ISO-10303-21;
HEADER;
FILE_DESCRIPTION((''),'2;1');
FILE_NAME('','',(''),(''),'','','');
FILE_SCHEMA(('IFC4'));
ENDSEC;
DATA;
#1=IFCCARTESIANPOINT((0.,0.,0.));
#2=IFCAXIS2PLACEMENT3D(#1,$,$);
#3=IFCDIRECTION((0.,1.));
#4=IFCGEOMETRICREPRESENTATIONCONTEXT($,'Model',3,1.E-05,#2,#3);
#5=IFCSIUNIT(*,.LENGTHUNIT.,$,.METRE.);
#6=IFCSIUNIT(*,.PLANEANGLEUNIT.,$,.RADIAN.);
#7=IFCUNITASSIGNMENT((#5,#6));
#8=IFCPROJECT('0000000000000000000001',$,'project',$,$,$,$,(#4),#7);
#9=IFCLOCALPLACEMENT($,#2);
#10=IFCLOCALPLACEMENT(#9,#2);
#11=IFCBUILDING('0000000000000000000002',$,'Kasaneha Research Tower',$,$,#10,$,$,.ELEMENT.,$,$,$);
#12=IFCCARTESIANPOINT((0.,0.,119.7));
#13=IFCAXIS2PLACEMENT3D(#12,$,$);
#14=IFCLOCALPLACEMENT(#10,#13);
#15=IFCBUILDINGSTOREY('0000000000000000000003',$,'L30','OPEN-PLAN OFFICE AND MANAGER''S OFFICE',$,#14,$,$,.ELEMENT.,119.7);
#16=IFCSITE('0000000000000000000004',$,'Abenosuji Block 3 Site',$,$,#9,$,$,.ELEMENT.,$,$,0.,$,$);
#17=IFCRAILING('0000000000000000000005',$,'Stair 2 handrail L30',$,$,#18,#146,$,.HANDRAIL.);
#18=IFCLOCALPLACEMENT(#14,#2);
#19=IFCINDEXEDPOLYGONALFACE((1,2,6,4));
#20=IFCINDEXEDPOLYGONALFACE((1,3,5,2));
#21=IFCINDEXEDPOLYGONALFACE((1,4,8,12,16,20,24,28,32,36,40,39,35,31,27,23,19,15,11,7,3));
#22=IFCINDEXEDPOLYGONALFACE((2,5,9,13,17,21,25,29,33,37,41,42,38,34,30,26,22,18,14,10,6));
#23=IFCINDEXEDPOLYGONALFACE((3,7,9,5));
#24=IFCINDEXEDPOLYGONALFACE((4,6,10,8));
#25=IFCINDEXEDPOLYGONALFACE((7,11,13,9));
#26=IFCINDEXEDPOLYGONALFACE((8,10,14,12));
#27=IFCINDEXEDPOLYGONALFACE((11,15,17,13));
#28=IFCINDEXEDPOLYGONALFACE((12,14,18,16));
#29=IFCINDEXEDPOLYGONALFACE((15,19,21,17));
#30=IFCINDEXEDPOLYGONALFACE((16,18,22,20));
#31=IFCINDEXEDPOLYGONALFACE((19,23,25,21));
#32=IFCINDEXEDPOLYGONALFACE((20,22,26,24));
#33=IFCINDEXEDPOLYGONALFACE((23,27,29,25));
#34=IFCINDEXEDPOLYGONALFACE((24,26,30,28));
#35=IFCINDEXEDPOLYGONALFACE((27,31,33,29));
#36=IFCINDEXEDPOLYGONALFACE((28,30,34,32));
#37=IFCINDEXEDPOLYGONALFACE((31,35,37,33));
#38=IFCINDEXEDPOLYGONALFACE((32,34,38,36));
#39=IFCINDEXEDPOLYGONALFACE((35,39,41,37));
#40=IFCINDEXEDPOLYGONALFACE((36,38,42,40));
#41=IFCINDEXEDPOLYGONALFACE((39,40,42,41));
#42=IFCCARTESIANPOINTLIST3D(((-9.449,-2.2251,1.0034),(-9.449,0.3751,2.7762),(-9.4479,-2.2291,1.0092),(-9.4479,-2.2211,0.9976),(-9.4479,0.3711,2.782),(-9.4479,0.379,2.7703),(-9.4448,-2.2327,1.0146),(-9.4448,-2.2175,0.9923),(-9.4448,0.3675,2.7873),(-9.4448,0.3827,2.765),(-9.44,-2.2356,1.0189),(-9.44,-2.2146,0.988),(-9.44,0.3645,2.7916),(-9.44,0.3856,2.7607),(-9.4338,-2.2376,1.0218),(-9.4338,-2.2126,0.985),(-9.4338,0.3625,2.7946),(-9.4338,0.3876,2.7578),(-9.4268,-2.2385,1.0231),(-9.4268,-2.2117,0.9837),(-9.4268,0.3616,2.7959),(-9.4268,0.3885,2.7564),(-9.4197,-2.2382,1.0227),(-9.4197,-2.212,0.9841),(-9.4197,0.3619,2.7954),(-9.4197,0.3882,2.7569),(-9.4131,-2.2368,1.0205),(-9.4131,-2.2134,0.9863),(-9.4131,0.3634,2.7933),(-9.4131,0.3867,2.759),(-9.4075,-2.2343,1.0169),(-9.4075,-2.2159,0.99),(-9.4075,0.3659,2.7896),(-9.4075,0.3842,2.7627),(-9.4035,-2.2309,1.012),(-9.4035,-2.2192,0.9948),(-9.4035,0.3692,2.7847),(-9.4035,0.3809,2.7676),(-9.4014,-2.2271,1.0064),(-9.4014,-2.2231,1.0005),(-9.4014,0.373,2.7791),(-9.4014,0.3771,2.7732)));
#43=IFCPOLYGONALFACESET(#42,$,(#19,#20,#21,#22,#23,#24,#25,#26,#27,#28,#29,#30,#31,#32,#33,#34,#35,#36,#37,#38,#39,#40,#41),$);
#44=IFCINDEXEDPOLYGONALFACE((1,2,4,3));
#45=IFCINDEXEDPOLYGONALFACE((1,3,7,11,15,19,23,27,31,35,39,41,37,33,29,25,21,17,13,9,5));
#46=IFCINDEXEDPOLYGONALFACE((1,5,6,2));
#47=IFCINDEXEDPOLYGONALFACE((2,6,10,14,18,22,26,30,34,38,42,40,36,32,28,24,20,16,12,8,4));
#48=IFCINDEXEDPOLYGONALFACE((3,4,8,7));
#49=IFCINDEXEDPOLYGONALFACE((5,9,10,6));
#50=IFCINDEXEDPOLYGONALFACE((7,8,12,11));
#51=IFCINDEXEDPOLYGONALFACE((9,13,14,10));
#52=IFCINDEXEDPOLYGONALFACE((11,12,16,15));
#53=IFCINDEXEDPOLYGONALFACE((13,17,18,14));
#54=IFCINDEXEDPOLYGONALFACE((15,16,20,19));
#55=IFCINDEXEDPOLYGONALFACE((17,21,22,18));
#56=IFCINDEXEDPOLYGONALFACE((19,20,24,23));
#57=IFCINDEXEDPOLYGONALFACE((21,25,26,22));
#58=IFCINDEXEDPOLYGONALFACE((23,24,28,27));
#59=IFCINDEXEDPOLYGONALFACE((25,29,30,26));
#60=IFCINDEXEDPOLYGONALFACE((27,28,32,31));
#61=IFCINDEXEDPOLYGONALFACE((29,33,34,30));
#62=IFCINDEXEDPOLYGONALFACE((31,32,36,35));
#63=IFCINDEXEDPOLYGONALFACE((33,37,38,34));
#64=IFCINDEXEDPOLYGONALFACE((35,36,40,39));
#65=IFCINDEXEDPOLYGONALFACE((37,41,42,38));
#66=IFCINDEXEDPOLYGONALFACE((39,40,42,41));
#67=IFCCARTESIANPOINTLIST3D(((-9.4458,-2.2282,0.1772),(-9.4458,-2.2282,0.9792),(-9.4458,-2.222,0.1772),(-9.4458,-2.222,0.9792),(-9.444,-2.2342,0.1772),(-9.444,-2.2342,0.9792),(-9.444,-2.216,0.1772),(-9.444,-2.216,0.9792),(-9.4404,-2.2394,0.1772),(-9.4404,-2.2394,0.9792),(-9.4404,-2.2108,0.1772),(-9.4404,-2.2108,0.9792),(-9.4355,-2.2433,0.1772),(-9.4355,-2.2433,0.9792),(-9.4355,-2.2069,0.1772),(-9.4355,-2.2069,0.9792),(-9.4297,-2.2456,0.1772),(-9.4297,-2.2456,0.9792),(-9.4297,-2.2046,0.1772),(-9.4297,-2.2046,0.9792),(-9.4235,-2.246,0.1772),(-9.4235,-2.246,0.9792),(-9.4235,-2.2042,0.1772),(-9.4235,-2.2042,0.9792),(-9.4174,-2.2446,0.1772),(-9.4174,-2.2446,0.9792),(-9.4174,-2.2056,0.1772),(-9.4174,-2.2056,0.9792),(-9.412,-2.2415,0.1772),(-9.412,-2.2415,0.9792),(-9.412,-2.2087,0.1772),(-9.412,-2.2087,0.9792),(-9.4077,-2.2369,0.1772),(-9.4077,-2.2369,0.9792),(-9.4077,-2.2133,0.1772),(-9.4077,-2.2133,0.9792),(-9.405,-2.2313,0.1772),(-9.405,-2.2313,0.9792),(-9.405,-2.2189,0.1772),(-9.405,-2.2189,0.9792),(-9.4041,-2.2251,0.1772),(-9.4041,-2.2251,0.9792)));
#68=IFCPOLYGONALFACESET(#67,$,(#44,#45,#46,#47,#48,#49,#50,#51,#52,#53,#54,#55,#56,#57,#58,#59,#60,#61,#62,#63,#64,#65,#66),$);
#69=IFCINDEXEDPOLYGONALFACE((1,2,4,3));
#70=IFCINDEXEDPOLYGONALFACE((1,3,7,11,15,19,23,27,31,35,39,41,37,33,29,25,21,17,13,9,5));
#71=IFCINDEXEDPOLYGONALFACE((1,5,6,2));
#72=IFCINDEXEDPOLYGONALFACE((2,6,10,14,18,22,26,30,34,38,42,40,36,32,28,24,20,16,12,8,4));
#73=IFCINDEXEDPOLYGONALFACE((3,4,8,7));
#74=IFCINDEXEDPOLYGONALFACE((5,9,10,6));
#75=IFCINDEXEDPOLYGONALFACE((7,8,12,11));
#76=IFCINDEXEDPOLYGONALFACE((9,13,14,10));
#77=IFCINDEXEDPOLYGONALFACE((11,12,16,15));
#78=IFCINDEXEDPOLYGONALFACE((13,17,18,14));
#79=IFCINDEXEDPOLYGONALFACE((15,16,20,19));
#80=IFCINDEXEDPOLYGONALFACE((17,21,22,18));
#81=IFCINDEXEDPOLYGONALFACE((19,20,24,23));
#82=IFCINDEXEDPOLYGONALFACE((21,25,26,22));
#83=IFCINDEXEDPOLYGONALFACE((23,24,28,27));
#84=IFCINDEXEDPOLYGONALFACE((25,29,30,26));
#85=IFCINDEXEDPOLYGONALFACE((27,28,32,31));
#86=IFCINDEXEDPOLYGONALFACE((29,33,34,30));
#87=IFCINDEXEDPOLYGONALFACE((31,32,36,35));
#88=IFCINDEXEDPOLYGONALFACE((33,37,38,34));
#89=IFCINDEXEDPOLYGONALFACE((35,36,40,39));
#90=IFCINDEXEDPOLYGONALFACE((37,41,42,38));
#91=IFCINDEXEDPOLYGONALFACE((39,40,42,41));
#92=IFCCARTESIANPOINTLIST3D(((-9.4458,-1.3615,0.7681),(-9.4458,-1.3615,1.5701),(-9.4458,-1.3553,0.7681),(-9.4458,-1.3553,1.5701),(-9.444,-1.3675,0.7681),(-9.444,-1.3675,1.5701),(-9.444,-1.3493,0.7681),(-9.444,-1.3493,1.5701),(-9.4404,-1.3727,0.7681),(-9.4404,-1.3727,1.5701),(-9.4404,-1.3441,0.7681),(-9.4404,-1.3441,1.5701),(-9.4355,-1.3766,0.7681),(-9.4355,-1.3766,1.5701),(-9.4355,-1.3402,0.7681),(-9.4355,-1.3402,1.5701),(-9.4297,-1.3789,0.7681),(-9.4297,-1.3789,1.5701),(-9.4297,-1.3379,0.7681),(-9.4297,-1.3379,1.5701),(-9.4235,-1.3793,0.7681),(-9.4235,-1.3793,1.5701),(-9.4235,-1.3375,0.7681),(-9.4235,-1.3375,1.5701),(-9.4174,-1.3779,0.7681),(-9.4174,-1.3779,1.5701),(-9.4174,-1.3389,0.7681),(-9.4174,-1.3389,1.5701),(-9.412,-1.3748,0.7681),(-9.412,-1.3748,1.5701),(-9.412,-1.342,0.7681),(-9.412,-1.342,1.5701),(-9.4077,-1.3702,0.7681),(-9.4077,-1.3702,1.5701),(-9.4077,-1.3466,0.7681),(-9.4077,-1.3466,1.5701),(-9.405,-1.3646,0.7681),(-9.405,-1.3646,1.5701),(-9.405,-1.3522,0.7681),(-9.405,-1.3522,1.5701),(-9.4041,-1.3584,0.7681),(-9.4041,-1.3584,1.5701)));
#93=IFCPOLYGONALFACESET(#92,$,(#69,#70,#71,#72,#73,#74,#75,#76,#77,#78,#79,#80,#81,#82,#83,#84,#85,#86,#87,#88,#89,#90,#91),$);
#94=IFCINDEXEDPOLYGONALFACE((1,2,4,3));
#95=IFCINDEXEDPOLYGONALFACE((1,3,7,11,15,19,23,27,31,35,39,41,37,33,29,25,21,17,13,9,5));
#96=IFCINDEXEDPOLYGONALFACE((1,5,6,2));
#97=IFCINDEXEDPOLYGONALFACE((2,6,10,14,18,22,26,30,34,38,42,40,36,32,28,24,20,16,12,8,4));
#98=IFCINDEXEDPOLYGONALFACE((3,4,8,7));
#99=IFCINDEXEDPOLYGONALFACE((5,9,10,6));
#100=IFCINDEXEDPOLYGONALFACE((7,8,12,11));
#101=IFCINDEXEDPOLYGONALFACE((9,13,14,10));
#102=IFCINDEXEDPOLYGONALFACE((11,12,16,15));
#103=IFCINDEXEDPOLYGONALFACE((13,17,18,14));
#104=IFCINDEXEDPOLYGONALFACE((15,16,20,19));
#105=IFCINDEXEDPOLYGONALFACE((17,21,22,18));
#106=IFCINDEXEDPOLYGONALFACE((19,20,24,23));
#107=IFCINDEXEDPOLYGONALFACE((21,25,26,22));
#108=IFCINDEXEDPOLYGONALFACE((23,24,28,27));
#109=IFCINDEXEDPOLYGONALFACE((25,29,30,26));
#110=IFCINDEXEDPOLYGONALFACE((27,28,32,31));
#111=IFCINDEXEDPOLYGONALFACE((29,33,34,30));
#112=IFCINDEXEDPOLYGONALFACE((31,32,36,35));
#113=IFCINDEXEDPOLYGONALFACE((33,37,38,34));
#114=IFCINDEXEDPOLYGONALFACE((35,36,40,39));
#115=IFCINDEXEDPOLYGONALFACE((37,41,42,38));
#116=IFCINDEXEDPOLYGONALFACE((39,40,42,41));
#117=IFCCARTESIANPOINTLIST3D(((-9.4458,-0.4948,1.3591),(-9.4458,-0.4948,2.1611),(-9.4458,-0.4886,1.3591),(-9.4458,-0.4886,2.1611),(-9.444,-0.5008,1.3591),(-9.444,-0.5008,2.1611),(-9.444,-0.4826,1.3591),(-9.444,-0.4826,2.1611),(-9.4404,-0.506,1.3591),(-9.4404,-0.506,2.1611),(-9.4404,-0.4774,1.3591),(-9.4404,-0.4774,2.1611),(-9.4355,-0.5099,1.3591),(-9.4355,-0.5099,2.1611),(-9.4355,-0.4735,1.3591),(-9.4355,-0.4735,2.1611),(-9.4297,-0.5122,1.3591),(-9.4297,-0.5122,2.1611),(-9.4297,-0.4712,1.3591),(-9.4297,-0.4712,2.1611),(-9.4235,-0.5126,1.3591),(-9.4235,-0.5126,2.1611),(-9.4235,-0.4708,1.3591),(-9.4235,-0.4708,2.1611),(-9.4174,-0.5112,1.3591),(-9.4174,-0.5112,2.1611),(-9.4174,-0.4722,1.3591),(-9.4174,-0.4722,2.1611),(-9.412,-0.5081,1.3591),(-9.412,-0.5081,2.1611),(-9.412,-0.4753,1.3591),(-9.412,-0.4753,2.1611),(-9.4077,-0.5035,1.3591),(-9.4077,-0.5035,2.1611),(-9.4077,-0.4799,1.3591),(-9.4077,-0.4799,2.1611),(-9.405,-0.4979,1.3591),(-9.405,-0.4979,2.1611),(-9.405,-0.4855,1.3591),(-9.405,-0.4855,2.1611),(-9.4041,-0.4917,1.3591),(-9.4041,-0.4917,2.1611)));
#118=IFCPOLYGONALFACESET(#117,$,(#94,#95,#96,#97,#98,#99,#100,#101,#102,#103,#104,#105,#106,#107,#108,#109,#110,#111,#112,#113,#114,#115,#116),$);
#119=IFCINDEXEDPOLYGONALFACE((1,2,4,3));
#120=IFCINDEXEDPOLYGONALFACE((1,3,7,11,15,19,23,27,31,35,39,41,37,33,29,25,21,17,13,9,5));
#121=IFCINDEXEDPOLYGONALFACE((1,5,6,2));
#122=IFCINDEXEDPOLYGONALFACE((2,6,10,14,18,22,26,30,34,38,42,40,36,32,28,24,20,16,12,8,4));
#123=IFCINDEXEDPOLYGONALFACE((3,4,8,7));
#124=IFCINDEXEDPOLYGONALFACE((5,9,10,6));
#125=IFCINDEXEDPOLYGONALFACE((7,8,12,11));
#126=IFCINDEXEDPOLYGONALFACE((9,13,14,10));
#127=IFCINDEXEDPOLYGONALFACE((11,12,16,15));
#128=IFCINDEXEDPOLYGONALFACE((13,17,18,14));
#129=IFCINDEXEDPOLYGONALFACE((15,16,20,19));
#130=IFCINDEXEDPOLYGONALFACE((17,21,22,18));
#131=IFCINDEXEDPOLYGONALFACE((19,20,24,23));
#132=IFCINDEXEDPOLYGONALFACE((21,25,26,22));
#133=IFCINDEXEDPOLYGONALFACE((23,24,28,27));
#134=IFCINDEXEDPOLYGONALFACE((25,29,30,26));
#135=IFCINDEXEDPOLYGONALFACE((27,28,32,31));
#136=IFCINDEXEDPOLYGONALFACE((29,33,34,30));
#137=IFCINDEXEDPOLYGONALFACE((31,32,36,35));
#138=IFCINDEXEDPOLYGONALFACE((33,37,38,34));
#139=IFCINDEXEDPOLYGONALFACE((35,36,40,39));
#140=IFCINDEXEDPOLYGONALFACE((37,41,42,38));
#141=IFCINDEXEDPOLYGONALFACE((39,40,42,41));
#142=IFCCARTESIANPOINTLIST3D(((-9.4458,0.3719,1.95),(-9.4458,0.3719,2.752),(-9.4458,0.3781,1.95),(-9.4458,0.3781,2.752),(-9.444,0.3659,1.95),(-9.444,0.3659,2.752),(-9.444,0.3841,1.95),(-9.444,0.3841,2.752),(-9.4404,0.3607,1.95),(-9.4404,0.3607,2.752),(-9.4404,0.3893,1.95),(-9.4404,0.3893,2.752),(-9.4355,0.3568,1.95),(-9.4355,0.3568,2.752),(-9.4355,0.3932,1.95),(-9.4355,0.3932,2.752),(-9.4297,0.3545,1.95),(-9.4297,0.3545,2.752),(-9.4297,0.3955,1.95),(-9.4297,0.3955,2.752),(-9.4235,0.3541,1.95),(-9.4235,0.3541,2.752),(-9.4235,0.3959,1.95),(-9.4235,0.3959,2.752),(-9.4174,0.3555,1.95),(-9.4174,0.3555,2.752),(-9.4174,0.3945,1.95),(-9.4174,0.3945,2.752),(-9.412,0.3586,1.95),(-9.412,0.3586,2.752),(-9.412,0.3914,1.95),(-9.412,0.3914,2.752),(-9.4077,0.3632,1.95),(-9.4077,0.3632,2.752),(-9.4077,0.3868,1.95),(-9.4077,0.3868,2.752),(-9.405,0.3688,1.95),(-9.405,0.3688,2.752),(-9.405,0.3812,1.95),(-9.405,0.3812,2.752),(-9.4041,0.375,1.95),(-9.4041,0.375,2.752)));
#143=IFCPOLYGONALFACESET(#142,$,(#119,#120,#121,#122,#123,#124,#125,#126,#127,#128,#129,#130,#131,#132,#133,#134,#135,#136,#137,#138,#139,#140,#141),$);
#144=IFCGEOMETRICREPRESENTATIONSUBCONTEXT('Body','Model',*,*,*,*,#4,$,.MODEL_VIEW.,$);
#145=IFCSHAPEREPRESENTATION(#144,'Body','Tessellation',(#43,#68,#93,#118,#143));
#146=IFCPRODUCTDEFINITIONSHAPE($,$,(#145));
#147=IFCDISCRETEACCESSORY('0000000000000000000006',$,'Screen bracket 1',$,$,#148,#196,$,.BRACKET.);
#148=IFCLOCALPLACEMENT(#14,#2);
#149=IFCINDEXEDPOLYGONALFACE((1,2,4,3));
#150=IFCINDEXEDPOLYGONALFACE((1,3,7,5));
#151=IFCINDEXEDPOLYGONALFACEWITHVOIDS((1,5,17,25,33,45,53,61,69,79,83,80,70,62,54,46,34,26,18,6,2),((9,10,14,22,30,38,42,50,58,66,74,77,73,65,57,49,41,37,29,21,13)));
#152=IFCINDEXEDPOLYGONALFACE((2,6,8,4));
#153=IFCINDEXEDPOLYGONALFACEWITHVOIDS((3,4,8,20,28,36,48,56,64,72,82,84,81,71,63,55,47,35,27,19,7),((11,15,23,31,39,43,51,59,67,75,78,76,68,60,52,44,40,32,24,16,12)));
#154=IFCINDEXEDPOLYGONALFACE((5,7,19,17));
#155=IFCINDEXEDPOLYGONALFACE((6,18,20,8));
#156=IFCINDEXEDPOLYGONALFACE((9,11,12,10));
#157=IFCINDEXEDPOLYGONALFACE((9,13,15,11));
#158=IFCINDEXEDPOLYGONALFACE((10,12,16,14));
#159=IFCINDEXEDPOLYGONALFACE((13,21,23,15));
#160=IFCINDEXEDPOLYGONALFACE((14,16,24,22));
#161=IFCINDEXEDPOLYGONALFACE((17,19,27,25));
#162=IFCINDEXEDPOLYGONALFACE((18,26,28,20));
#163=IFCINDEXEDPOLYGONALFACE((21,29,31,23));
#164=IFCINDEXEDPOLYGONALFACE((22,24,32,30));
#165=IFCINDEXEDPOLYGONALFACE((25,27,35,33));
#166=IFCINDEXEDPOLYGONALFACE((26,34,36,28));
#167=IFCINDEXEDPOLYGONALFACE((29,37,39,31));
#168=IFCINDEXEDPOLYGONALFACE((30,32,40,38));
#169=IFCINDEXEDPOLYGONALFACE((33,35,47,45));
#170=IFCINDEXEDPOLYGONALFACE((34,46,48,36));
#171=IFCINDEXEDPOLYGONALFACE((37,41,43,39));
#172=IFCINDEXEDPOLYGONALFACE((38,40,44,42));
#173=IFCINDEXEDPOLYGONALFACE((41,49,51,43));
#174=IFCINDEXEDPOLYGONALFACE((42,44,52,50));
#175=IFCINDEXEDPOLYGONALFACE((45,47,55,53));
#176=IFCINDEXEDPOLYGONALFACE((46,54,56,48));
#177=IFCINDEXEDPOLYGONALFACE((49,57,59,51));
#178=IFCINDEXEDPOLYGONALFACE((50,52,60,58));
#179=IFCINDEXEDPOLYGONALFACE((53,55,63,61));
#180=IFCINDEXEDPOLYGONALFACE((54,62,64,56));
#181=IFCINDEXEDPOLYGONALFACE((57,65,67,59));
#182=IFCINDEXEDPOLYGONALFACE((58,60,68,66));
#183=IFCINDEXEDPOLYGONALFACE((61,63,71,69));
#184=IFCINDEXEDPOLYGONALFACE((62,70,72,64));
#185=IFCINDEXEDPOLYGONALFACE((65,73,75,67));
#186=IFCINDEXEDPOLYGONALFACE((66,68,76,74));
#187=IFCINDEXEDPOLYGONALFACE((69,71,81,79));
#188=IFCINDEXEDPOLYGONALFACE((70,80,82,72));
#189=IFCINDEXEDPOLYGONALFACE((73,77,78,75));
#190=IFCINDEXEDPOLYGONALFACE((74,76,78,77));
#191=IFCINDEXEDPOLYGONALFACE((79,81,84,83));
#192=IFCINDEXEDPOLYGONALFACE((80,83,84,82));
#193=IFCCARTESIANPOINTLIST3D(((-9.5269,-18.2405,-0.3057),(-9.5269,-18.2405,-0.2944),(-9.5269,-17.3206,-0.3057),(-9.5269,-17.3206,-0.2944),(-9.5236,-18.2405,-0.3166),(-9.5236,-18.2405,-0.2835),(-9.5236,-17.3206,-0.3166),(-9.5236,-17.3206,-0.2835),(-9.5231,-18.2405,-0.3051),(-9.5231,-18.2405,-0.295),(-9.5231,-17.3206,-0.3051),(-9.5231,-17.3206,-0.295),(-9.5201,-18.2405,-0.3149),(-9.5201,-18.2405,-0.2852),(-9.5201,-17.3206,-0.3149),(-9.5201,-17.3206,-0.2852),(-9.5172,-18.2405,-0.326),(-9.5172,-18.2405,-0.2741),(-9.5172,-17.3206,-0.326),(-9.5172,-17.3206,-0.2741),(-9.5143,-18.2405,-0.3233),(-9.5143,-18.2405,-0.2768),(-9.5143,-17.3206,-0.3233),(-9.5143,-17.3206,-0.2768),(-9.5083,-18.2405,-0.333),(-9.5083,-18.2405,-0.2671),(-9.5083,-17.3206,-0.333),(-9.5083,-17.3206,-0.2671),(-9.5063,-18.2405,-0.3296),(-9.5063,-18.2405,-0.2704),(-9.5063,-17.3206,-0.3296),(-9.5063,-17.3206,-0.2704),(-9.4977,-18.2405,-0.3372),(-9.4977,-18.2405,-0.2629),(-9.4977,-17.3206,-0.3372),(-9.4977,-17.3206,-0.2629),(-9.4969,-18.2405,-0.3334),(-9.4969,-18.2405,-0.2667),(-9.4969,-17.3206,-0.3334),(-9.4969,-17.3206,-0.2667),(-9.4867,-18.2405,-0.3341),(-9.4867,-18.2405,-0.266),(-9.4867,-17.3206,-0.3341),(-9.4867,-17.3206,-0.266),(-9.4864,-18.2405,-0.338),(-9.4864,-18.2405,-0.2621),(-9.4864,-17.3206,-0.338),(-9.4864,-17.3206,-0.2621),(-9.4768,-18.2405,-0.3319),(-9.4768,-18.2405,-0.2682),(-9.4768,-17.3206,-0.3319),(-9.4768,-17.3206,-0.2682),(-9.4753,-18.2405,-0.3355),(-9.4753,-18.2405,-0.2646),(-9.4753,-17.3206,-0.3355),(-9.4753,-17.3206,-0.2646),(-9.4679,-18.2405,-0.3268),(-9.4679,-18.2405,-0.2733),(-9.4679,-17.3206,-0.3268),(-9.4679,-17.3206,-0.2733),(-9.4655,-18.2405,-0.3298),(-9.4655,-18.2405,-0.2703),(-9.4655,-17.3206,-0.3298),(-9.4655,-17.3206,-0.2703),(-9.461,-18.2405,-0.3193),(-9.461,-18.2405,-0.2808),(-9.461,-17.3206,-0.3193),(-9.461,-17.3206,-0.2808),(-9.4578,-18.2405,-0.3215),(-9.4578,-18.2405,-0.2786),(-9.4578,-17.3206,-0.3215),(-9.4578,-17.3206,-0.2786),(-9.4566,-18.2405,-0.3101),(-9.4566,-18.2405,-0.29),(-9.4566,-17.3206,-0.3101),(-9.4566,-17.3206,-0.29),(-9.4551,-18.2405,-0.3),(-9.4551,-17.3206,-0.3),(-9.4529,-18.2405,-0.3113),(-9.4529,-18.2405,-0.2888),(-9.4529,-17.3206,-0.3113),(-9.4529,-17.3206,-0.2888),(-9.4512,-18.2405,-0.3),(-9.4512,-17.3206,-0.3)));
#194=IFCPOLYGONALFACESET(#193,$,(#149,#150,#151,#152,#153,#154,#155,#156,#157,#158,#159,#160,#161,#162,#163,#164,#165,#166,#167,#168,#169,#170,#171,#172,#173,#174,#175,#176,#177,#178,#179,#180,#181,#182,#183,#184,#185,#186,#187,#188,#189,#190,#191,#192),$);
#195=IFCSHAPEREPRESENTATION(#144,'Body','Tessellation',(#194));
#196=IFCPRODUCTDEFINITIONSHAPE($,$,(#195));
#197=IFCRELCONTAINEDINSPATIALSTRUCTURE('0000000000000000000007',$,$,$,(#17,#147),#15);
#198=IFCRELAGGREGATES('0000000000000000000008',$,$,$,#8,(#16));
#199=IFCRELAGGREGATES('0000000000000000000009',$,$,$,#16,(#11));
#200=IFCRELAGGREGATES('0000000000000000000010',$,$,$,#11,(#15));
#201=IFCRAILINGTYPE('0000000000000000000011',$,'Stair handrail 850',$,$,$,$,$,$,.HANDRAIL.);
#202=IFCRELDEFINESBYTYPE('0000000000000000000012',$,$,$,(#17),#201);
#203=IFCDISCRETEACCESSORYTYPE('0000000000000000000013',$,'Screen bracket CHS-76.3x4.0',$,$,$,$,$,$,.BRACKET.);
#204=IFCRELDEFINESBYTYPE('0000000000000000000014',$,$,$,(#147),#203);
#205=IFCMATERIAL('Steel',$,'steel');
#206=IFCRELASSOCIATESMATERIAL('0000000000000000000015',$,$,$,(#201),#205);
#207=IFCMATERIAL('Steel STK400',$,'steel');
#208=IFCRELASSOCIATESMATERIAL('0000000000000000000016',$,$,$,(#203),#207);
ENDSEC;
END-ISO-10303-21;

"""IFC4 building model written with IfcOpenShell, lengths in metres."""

from ifc_helpers import new_model, si_unit, direction, frame, origin, origin_2d, place, context, subcontext, project, spatial, circle, hollow_circle, extrude, material, material_profile, profile_set, type_object, element, save


model = new_model("IFC4")

# Units and contexts
model_context = context("Model", 3, precision=1e-05, world=origin(), true_north=direction((0.0, 1.0)))
body_context = subcontext(model_context, "Body", "Model", "MODEL_VIEW")
ifc_project = project(units=[si_unit("LENGTHUNIT", "METRE"), si_unit("PLANEANGLEUNIT", "RADIAN")], contexts=[model_context])

# Site, building, storey
site_placement = place(None, origin())
site = spatial("IfcSite", under=ifc_project, at=site_placement, Name="Abenosuji Block 3 Site", CompositionType="ELEMENT", RefElevation=0.0)
building_placement = place(site_placement, origin())
building = spatial("IfcBuilding", under=site, at=building_placement, Name="Kasaneha Research Tower", CompositionType="ELEMENT")
storey_placement = place(building_placement, frame((0.0, 0.0, 119.7)))
storey = spatial("IfcBuildingStorey", under=building, at=storey_placement, Name="L30", Description="OPEN-PLAN OFFICE AND MANAGER'S OFFICE", CompositionType="ELEMENT", Elevation=119.7)

# Railing
ifc_material_1 = material(Name="Steel", Category="steel")
railing_type = type_object("IfcRailingType", Name="Stair handrail 850", PredefinedType="HANDRAIL", material=ifc_material_1)
railing_placement = place(storey_placement, frame((-9.425, -2.2251, 0.1772)))
element("IfcRailing", 1, at=railing_placement, inside=storey, type_object=railing_type, Name="Stair 2 handrail L30", PredefinedType="HANDRAIL", context=body_context, shape_type="SweptSolid", body=[
    extrude(circle(Radius=0.0239, at=origin_2d()), frame((0.0, 0.0, 0.8262), z_axis=(0.0, 0.82624, 0.563318), x_axis=(-1.0, 0.0, 0.0)), (0.0, 0.0, 1.0), 3.147),
    extrude(circle(Radius=0.021, at=origin_2d()), origin(), (0.0, 0.0, 1.0), 0.802),
    extrude(circle(Radius=0.021, at=origin_2d()), frame((0.0, 0.8667, 0.5908)), (0.0, 0.0, 1.0), 0.802),
    extrude(circle(Radius=0.021, at=origin_2d()), frame((0.0, 1.7334, 1.1819)), (0.0, 0.0, 1.0), 0.802),
    extrude(circle(Radius=0.021, at=origin_2d()), frame((0.0, 2.6001, 1.7727)), (0.0, 0.0, 1.0), 0.802),
])

# Discrete accessory
ifc_material_2 = material(Name="Steel STK400", Category="steel")
ifc_material_profile_1 = material_profile(ifc_material_2, hollow_circle(Radius=0.0381, WallThickness=0.0039, at=origin_2d()), Name="CHS-76.3x4.0")
ifc_profile_set_1 = profile_set([ifc_material_profile_1], Name="Steel STK400")
discrete_accessory_type = type_object("IfcDiscreteAccessoryType", Name="Screen bracket CHS-76.3x4.0", PredefinedType="BRACKET", material=ifc_profile_set_1)
discrete_accessory_placement = place(storey_placement, frame((-9.4893, -17.3206, -0.3), z_axis=(0.0, -1.0, 0.0), x_axis=(1.0, 0.0, 0.0)))
element("IfcDiscreteAccessory", 2, at=discrete_accessory_placement, inside=storey, type_object=discrete_accessory_type, Name="Screen bracket 1", PredefinedType="BRACKET", context=body_context, shape_type="SweptSolid", body=[
    extrude(hollow_circle(Radius=0.0381, WallThickness=0.0039, at=origin_2d()), origin(), (0.0, 0.0, 1.0), 0.9199),
])

save(model, "model.ifc")
